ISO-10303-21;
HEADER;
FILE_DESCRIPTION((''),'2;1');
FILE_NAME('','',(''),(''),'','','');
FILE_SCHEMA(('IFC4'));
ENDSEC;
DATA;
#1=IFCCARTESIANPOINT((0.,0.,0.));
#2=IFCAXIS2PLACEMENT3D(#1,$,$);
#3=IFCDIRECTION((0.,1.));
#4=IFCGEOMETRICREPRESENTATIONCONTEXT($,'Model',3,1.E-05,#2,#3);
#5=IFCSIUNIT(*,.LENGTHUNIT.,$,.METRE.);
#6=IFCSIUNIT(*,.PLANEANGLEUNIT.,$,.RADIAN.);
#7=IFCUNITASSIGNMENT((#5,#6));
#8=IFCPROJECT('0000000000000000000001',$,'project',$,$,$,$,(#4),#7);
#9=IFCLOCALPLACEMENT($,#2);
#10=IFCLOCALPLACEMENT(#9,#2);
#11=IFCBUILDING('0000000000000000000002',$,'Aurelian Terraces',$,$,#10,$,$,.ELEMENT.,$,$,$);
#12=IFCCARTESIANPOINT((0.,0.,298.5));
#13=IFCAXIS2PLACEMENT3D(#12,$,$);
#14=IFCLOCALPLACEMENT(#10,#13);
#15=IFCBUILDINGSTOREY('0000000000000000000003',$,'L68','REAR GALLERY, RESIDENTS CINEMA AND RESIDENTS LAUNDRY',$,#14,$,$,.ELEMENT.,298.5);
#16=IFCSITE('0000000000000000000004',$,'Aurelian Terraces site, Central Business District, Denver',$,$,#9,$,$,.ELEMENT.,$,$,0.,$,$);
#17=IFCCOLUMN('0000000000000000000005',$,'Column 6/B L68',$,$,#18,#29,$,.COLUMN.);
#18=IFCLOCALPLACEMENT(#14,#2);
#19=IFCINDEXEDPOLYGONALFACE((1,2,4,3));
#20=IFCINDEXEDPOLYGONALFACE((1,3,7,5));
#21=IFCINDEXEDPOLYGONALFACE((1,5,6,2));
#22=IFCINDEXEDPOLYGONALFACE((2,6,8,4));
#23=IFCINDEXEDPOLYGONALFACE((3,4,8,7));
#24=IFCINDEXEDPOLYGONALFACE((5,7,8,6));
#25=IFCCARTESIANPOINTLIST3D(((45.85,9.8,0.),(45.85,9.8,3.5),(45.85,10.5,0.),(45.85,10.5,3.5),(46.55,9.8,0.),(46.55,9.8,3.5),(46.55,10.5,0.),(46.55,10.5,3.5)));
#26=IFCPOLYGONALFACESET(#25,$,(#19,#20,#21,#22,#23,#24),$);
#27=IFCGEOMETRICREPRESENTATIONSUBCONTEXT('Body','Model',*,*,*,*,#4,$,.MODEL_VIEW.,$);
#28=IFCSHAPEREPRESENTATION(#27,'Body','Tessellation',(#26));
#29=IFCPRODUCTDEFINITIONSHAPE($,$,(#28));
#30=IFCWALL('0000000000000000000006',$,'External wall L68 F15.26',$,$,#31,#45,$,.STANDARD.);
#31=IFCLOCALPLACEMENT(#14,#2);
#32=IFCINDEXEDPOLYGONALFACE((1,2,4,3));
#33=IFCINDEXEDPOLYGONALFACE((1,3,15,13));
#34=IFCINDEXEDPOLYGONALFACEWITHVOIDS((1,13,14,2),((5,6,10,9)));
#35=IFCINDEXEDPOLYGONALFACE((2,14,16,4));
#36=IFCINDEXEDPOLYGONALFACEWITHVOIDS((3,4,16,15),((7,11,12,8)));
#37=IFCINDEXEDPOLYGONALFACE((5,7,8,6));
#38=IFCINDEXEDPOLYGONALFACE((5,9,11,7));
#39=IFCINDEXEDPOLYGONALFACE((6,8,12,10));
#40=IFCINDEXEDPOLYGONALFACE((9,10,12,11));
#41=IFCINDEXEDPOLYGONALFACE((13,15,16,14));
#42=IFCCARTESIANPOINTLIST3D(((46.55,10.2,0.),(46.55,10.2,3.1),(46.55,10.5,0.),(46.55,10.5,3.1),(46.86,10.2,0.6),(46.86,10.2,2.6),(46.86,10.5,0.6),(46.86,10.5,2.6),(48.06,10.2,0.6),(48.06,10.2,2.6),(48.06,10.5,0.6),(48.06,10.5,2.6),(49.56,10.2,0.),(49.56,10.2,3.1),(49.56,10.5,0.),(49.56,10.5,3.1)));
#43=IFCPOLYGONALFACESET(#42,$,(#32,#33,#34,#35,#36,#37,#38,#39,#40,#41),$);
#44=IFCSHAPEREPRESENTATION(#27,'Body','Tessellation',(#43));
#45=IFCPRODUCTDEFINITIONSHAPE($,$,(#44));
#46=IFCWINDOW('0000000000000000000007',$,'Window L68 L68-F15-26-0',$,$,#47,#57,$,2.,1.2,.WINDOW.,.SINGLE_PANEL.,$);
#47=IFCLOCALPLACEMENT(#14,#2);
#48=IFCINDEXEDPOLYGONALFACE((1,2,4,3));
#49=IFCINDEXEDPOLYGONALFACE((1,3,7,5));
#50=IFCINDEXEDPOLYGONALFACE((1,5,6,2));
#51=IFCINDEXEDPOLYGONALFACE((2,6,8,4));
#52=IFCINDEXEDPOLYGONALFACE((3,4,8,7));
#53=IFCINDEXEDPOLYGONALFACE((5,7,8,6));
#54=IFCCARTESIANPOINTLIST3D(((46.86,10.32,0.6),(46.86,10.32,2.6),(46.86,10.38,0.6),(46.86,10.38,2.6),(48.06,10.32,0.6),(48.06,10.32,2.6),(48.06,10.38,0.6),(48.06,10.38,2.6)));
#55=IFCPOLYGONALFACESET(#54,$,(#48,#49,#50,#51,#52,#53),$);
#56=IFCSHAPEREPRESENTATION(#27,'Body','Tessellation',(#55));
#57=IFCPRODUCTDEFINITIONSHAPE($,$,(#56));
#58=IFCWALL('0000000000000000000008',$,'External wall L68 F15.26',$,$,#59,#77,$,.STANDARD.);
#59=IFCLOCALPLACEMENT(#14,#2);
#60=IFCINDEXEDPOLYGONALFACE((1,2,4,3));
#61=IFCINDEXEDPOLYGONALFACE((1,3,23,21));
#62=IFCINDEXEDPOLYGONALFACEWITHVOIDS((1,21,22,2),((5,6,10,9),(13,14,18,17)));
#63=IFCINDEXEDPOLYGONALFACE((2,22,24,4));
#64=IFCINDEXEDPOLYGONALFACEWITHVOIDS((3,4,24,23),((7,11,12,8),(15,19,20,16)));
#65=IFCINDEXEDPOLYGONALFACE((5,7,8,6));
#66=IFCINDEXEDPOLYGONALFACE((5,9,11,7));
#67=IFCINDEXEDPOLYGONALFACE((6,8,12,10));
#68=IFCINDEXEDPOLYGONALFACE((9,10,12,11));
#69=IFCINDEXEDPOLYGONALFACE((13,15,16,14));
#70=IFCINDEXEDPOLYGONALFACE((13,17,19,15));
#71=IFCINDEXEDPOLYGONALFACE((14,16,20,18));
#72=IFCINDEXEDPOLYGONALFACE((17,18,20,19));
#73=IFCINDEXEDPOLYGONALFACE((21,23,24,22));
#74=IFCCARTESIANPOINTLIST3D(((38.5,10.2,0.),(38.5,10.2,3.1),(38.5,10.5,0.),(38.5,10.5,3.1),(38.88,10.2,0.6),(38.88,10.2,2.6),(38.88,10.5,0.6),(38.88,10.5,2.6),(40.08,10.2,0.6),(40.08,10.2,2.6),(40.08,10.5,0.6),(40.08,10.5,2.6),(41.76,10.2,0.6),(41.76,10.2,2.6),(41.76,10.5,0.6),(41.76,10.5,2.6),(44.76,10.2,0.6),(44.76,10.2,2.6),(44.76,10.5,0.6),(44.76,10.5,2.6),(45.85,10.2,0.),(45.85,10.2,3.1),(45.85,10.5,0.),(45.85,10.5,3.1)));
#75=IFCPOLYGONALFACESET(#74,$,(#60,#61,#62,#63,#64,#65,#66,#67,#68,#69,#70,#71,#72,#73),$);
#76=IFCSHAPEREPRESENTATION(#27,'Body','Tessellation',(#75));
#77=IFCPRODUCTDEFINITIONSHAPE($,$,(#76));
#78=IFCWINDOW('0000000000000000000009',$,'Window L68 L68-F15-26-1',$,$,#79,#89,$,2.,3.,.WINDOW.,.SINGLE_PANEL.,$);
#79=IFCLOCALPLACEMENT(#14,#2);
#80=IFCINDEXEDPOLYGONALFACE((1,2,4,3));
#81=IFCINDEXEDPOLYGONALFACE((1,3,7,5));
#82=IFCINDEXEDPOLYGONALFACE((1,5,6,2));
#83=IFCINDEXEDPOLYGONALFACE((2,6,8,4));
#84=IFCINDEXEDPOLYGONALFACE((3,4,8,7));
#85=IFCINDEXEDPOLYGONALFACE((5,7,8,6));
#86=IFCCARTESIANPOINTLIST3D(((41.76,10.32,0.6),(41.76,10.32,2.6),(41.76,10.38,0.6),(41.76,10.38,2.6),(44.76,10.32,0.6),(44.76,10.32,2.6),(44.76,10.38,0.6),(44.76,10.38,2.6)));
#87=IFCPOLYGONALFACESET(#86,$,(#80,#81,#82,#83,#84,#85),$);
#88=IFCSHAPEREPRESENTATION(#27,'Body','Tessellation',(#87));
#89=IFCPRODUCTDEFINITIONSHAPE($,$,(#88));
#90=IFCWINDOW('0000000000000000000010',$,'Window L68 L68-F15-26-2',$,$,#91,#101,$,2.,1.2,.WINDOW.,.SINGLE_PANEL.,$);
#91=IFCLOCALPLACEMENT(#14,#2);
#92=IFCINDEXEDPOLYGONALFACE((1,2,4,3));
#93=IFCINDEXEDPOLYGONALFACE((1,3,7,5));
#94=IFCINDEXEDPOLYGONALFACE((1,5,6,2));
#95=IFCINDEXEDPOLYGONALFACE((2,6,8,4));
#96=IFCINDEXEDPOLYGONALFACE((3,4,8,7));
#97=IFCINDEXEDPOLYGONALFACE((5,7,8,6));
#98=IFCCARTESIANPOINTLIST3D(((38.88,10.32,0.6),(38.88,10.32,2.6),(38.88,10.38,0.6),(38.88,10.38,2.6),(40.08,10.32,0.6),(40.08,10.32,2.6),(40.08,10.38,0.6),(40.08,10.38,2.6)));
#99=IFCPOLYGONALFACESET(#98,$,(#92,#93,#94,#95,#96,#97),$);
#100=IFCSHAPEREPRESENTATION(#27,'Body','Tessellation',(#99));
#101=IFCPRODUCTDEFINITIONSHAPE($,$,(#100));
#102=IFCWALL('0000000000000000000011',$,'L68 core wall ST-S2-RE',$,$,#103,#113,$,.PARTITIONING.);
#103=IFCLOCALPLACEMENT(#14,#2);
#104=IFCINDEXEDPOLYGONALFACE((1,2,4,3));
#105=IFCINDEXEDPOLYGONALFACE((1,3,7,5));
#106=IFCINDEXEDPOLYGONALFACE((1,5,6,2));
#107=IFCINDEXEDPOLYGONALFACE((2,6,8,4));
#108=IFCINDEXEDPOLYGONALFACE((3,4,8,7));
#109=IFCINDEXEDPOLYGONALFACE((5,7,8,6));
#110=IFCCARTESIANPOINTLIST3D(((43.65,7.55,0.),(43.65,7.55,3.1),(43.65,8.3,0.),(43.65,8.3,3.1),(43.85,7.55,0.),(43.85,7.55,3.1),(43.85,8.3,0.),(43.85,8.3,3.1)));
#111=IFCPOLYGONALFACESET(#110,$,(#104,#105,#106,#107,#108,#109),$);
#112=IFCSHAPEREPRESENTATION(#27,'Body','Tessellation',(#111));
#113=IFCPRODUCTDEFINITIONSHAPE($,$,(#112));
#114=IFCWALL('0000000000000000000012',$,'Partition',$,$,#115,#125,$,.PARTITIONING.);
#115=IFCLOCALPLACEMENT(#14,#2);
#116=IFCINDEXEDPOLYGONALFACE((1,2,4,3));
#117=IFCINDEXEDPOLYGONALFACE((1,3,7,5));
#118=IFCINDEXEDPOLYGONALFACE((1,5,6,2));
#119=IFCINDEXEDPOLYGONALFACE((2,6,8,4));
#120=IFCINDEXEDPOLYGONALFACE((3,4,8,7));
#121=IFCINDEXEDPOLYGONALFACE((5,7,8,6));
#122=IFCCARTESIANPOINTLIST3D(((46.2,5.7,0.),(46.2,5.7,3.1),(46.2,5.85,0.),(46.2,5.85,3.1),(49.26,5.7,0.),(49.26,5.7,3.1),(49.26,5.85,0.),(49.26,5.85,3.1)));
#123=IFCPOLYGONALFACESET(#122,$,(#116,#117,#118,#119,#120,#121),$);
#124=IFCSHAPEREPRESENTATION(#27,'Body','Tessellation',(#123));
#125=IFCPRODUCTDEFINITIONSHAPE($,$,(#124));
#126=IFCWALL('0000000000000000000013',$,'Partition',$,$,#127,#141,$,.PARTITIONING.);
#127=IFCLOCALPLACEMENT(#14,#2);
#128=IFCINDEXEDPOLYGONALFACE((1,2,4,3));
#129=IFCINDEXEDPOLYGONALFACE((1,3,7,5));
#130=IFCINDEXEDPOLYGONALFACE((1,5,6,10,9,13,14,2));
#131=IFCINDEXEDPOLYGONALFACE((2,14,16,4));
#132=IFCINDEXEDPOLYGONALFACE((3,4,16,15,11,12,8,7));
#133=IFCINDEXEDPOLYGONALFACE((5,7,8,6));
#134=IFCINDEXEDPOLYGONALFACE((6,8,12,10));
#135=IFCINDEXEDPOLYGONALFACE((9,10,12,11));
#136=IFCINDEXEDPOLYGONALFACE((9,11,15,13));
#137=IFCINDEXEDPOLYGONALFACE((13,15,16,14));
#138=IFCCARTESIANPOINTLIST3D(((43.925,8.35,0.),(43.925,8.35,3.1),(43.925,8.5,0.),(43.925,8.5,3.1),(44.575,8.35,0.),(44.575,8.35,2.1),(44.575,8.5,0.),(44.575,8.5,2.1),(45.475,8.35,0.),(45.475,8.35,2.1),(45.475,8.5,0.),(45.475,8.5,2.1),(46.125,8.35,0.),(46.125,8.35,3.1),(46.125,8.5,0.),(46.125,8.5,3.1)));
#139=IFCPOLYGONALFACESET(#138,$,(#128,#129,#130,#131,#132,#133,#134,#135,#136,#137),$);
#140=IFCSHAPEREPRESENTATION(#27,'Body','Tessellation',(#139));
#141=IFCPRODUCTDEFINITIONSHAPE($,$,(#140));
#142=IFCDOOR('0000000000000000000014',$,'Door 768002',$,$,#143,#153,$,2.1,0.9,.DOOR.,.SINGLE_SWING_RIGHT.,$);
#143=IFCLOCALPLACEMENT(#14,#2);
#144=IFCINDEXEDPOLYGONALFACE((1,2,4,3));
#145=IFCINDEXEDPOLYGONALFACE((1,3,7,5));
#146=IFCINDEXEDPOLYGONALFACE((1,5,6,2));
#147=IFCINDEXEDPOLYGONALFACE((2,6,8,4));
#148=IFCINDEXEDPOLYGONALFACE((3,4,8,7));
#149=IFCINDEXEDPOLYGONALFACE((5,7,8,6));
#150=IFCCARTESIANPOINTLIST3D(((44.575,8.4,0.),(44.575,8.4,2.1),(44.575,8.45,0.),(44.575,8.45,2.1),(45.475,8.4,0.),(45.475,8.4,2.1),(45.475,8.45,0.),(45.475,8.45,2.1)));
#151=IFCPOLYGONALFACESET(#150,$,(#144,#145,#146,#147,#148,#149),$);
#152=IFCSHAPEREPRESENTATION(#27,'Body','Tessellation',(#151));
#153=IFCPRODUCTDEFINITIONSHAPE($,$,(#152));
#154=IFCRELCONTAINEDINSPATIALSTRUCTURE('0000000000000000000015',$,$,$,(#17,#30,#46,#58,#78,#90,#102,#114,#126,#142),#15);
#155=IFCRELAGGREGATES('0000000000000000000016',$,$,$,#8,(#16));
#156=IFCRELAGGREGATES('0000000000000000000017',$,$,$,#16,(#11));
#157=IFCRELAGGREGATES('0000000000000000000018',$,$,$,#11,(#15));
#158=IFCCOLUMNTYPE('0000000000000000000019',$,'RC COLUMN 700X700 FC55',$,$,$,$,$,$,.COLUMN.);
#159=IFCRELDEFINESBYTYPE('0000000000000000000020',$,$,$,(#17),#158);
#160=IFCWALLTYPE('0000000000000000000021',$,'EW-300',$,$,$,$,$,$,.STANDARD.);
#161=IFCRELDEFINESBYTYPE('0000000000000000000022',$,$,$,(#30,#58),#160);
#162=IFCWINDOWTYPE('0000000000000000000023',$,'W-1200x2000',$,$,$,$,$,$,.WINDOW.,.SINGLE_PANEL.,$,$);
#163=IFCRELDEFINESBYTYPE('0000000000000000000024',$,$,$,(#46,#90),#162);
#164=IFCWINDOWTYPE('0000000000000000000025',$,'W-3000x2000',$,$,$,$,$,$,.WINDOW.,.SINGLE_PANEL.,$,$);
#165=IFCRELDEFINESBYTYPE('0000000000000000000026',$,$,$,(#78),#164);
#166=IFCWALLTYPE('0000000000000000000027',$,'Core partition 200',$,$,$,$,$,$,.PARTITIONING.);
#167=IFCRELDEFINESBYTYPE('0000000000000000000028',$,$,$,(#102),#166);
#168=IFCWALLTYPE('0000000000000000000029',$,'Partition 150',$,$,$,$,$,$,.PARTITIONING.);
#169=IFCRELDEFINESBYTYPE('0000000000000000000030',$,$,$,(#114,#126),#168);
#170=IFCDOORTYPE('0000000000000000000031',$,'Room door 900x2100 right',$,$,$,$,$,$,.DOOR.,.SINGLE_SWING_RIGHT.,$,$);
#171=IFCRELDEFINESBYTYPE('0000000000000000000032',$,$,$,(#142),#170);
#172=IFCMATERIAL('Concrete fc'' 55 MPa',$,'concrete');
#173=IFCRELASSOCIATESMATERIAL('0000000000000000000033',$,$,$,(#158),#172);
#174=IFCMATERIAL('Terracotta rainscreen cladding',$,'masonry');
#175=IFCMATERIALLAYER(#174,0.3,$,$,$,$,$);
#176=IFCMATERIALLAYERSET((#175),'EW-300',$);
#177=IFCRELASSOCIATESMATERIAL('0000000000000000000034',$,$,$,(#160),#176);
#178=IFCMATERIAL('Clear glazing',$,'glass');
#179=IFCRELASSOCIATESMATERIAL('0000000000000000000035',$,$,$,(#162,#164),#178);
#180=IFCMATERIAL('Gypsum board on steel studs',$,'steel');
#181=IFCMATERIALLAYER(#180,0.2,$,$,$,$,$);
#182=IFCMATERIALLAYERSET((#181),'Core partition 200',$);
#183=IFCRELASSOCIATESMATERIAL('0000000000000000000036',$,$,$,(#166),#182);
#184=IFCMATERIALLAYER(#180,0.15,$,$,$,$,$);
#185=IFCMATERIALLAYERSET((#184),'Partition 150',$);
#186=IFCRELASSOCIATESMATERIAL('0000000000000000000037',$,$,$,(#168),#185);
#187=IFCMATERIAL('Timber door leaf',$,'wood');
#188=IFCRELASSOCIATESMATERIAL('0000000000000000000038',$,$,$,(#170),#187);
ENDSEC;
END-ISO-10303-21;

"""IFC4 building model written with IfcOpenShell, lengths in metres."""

from ifc_helpers import new_model, si_unit, direction, frame, frame_2d, origin, origin_2d, place, context, subcontext, project, spatial, rectangle, extrude, source, transform, mapped, material, layer, layer_set, material_profile, profile_set, type_object, element, fill, save


model = new_model("IFC4")

# Units and contexts
model_context = context("Model", 3, precision=1e-05, world=origin(), true_north=direction((0.0, 1.0)))
body_context = subcontext(model_context, "Body", "Model", "MODEL_VIEW")
ifc_project = project(units=[si_unit("LENGTHUNIT", "METRE"), si_unit("PLANEANGLEUNIT", "RADIAN")], contexts=[model_context])

# Site, building, storey
site_placement = place(None, origin())
site = spatial("IfcSite", under=ifc_project, at=site_placement, Name="Aurelian Terraces site, Central Business District, Denver", CompositionType="ELEMENT", RefElevation=0.0)
building_placement = place(site_placement, origin())
building = spatial("IfcBuilding", under=site, at=building_placement, Name="Aurelian Terraces", CompositionType="ELEMENT")
storey_placement = place(building_placement, frame((0.0, 0.0, 298.5)))
storey = spatial("IfcBuildingStorey", under=building, at=storey_placement, Name="L68", Description="REAR GALLERY, RESIDENTS CINEMA AND RESIDENTS LAUNDRY", CompositionType="ELEMENT", Elevation=298.5)

# Column
ifc_material_1 = material(Name="Concrete fc' 55 MPa", Category="concrete")
ifc_material_profile = material_profile(ifc_material_1, rectangle(XDim=0.7, YDim=0.7, at=origin_2d()))
ifc_profile_set = profile_set([ifc_material_profile], Name="Concrete fc' 55 MPa")
column_type = type_object("IfcColumnType", Name="RC COLUMN 700X700 FC55", PredefinedType="COLUMN", material=ifc_profile_set)
shared_shape_1 = source(origin(), body_context, "Body", "SweptSolid", [
    extrude(rectangle(XDim=0.7, YDim=0.7, at=origin_2d()), origin(), (0.0, 0.0, 1.0), 3.5),
])
column_placement = place(storey_placement, frame((46.2, 10.15, 0.0), z_axis=(0.0, 0.0, 1.0), x_axis=(1.0, 0.0, 0.0)))
element("IfcColumn", 1, at=column_placement, inside=storey, type_object=column_type, Name="Column 6/B L68", PredefinedType="COLUMN", context=body_context, shape_type="MappedRepresentation", body=[
    mapped(shared_shape_1, transform((0.0, 0.0, 0.0), scale=1.0)),
])

# Wall, opening, window
ifc_material_2 = material(Name="Terracotta rainscreen cladding", Category="masonry")
ifc_layer_1 = layer(ifc_material_2, 0.3)
ifc_layer_set_1 = layer_set([ifc_layer_1], Name="EW-300")
wall_type_1 = type_object("IfcWallType", Name="EW-300", PredefinedType="STANDARD", material=ifc_layer_set_1)
shared_shape_2 = source(origin(), body_context, "Body", "SweptSolid", [
    extrude(rectangle(XDim=3.01, YDim=0.3, at=frame_2d((1.505, 0.0))), origin(), (0.0, 0.0, 1.0), 3.1),
])
wall_1_placement = place(storey_placement, frame((49.56, 10.35, 0.0), z_axis=(0.0, 0.0, 1.0), x_axis=(-1.0, 0.0, 0.0)))
wall_1 = element("IfcWall", 2, at=wall_1_placement, inside=storey, type_object=wall_type_1, Name="External wall L68 F15.26", PredefinedType="STANDARD", context=body_context, shape_type="MappedRepresentation", body=[
    mapped(shared_shape_2, transform((0.0, 0.0, 0.0), scale=1.0)),
])
shared_shape_3 = source(origin(), body_context, "Body", "SweptSolid", [
    extrude(rectangle(XDim=1.2, YDim=2.0, at=frame_2d((0.6, 1.0))), frame((0.0, 0.16, 0.0), z_axis=(0.0, -1.0, 0.0), x_axis=(1.0, 0.0, 0.0)), (0.0, 0.0, 1.0), 0.32),
])
opening_1_placement = place(wall_1_placement, frame((1.5, 0.0, 0.6)))
opening_1 = element("IfcOpeningElement", 3, at=opening_1_placement, cuts=wall_1, PredefinedType="OPENING", context=body_context, shape_type="MappedRepresentation", body=[
    mapped(shared_shape_3, transform((0.0, 0.0, 0.0), scale=1.0)),
])
ifc_material_3 = material(Name="Clear glazing", Category="glass")
window_type_1 = type_object("IfcWindowType", Name="W-1200x2000", PartitioningType="SINGLE_PANEL", PredefinedType="WINDOW", material=ifc_material_3)
shared_shape_4 = source(origin(), body_context, "Body", "SweptSolid", [
    extrude(rectangle(XDim=1.2, YDim=2.0, at=frame_2d((0.6, 1.0))), frame((0.0, 0.03, 0.0), z_axis=(0.0, -1.0, 0.0), x_axis=(1.0, 0.0, 0.0)), (0.0, 0.0, 1.0), 0.06),
])
window_1_placement = place(opening_1_placement, origin())
window_1 = element("IfcWindow", 4, at=window_1_placement, inside=storey, type_object=window_type_1, Name="Window L68 L68-F15-26-0", OverallHeight=2.0, OverallWidth=1.2, PartitioningType="SINGLE_PANEL", PredefinedType="WINDOW", context=body_context, shape_type="MappedRepresentation", body=[
    mapped(shared_shape_4, transform((0.0, 0.0, 0.0), scale=1.0)),
])
fill(opening_1, window_1)

# Wall, openings, windows
shared_shape_5 = source(origin(), body_context, "Body", "SweptSolid", [
    extrude(rectangle(XDim=7.35, YDim=0.3, at=frame_2d((3.675, 0.0))), origin(), (0.0, 0.0, 1.0), 3.1),
])
wall_2_placement = place(storey_placement, frame((45.85, 10.35, 0.0), z_axis=(0.0, 0.0, 1.0), x_axis=(-1.0, 0.0, 0.0)))
wall_2 = element("IfcWall", 5, at=wall_2_placement, inside=storey, type_object=wall_type_1, Name="External wall L68 F15.26", PredefinedType="STANDARD", context=body_context, shape_type="MappedRepresentation", body=[
    mapped(shared_shape_5, transform((0.0, 0.0, 0.0), scale=1.0)),
])
shared_shape_6 = source(origin(), body_context, "Body", "SweptSolid", [
    extrude(rectangle(XDim=3.0, YDim=2.0, at=frame_2d((1.5, 1.0))), frame((0.0, 0.16, 0.0), z_axis=(0.0, -1.0, 0.0), x_axis=(1.0, 0.0, 0.0)), (0.0, 0.0, 1.0), 0.32),
])
opening_2_placement = place(wall_2_placement, frame((1.09, 0.0, 0.6)))
opening_2 = element("IfcOpeningElement", 6, at=opening_2_placement, cuts=wall_2, PredefinedType="OPENING", context=body_context, shape_type="MappedRepresentation", body=[
    mapped(shared_shape_6, transform((0.0, 0.0, 0.0), scale=1.0)),
])
opening_3_placement = place(wall_2_placement, frame((5.77, 0.0, 0.6)))
opening_3 = element("IfcOpeningElement", 7, at=opening_3_placement, cuts=wall_2, PredefinedType="OPENING", context=body_context, shape_type="MappedRepresentation", body=[
    mapped(shared_shape_3, transform((0.0, 0.0, 0.0), scale=1.0)),
])
window_type_2 = type_object("IfcWindowType", Name="W-3000x2000", PartitioningType="SINGLE_PANEL", PredefinedType="WINDOW", material=ifc_material_3)
shared_shape_7 = source(origin(), body_context, "Body", "SweptSolid", [
    extrude(rectangle(XDim=3.0, YDim=2.0, at=frame_2d((1.5, 1.0))), frame((0.0, 0.03, 0.0), z_axis=(0.0, -1.0, 0.0), x_axis=(1.0, 0.0, 0.0)), (0.0, 0.0, 1.0), 0.06),
])
window_2_placement = place(opening_2_placement, origin())
window_2 = element("IfcWindow", 8, at=window_2_placement, inside=storey, type_object=window_type_2, Name="Window L68 L68-F15-26-1", OverallHeight=2.0, OverallWidth=3.0, PartitioningType="SINGLE_PANEL", PredefinedType="WINDOW", context=body_context, shape_type="MappedRepresentation", body=[
    mapped(shared_shape_7, transform((0.0, 0.0, 0.0), scale=1.0)),
])
fill(opening_2, window_2)
window_3_placement = place(opening_3_placement, origin())
window_3 = element("IfcWindow", 9, at=window_3_placement, inside=storey, type_object=window_type_1, Name="Window L68 L68-F15-26-2", OverallHeight=2.0, OverallWidth=1.2, PartitioningType="SINGLE_PANEL", PredefinedType="WINDOW", context=body_context, shape_type="MappedRepresentation", body=[
    mapped(shared_shape_4, transform((0.0, 0.0, 0.0), scale=1.0)),
])
fill(opening_3, window_3)

# Walls
ifc_material_4 = material(Name="Gypsum board on steel studs", Category="steel")
ifc_layer_2 = layer(ifc_material_4, 0.2)
ifc_layer_set_2 = layer_set([ifc_layer_2], Name="Core partition 200")
wall_type_2 = type_object("IfcWallType", Name="Core partition 200", PredefinedType="PARTITIONING", material=ifc_layer_set_2)
shared_shape_8 = source(origin(), body_context, "Body", "SweptSolid", [
    extrude(rectangle(XDim=0.75, YDim=0.2, at=frame_2d((0.375, 0.0))), origin(), (0.0, 0.0, 1.0), 3.1),
])
wall_3_placement = place(storey_placement, frame((43.75, 7.55, 0.0), z_axis=(0.0, 0.0, 1.0), x_axis=(0.0, 1.0, 0.0)))
element("IfcWall", 10, at=wall_3_placement, inside=storey, type_object=wall_type_2, Name="L68 core wall ST-S2-RE", PredefinedType="PARTITIONING", context=body_context, shape_type="MappedRepresentation", body=[
    mapped(shared_shape_8, transform((0.0, 0.0, 0.0), scale=1.0)),
])
ifc_layer_3 = layer(ifc_material_4, 0.15)
ifc_layer_set_3 = layer_set([ifc_layer_3], Name="Partition 150")
wall_type_3 = type_object("IfcWallType", Name="Partition 150", PredefinedType="PARTITIONING", material=ifc_layer_set_3)
shared_shape_9 = source(origin(), body_context, "Body", "SweptSolid", [
    extrude(rectangle(XDim=3.06, YDim=0.15, at=frame_2d((1.53, 0.0))), origin(), (0.0, 0.0, 1.0), 3.1),
])
wall_4_placement = place(storey_placement, frame((49.26, 5.775, 0.0), z_axis=(0.0, 0.0, 1.0), x_axis=(-1.0, 0.0, 0.0)))
element("IfcWall", 11, at=wall_4_placement, inside=storey, type_object=wall_type_3, Name="Partition", PredefinedType="PARTITIONING", context=body_context, shape_type="MappedRepresentation", body=[
    mapped(shared_shape_9, transform((0.0, 0.0, 0.0), scale=1.0)),
])

# Wall, opening, door
shared_shape_10 = source(origin(), body_context, "Body", "SweptSolid", [
    extrude(rectangle(XDim=2.2, YDim=0.15, at=frame_2d((1.1, 0.0))), origin(), (0.0, 0.0, 1.0), 3.1),
])
wall_5_placement = place(storey_placement, frame((46.125, 8.425, 0.0), z_axis=(0.0, 0.0, 1.0), x_axis=(-1.0, 0.0, 0.0)))
wall_5 = element("IfcWall", 12, at=wall_5_placement, inside=storey, type_object=wall_type_3, Name="Partition", PredefinedType="PARTITIONING", context=body_context, shape_type="MappedRepresentation", body=[
    mapped(shared_shape_10, transform((0.0, 0.0, 0.0), scale=1.0)),
])
shared_shape_11 = source(origin(), body_context, "Body", "SweptSolid", [
    extrude(rectangle(XDim=0.9, YDim=2.1, at=frame_2d((0.45, 1.05))), frame((0.0, 0.085, 0.0), z_axis=(0.0, -1.0, 0.0), x_axis=(1.0, 0.0, 0.0)), (0.0, 0.0, 1.0), 0.17),
])
opening_4_placement = place(wall_5_placement, frame((0.65, 0.0, 0.0)))
opening_4 = element("IfcOpeningElement", 13, at=opening_4_placement, cuts=wall_5, PredefinedType="OPENING", context=body_context, shape_type="MappedRepresentation", body=[
    mapped(shared_shape_11, transform((0.0, 0.0, 0.0), scale=1.0)),
])
ifc_material_5 = material(Name="Timber door leaf", Category="wood")
door_type_1 = type_object("IfcDoorType", Name="Room door 900x2100 right", OperationType="SINGLE_SWING_RIGHT", PredefinedType="DOOR", material=ifc_material_5)
shared_shape_12 = source(origin(), body_context, "Body", "SweptSolid", [
    extrude(rectangle(XDim=0.9, YDim=2.1, at=frame_2d((0.45, 1.05))), frame((0.0, 0.025, 0.0), z_axis=(0.0, -1.0, 0.0), x_axis=(1.0, 0.0, 0.0)), (0.0, 0.0, 1.0), 0.05),
])
door_1_placement = place(opening_4_placement, origin())
door_1 = element("IfcDoor", 14, at=door_1_placement, inside=storey, type_object=door_type_1, Name="Door 768002", OperationType="SINGLE_SWING_RIGHT", OverallHeight=2.1, OverallWidth=0.9, PredefinedType="DOOR", context=body_context, shape_type="MappedRepresentation", body=[
    mapped(shared_shape_12, transform((0.0, 0.0, 0.0), scale=1.0)),
])
fill(opening_4, door_1)

save(model, "model.ifc")
